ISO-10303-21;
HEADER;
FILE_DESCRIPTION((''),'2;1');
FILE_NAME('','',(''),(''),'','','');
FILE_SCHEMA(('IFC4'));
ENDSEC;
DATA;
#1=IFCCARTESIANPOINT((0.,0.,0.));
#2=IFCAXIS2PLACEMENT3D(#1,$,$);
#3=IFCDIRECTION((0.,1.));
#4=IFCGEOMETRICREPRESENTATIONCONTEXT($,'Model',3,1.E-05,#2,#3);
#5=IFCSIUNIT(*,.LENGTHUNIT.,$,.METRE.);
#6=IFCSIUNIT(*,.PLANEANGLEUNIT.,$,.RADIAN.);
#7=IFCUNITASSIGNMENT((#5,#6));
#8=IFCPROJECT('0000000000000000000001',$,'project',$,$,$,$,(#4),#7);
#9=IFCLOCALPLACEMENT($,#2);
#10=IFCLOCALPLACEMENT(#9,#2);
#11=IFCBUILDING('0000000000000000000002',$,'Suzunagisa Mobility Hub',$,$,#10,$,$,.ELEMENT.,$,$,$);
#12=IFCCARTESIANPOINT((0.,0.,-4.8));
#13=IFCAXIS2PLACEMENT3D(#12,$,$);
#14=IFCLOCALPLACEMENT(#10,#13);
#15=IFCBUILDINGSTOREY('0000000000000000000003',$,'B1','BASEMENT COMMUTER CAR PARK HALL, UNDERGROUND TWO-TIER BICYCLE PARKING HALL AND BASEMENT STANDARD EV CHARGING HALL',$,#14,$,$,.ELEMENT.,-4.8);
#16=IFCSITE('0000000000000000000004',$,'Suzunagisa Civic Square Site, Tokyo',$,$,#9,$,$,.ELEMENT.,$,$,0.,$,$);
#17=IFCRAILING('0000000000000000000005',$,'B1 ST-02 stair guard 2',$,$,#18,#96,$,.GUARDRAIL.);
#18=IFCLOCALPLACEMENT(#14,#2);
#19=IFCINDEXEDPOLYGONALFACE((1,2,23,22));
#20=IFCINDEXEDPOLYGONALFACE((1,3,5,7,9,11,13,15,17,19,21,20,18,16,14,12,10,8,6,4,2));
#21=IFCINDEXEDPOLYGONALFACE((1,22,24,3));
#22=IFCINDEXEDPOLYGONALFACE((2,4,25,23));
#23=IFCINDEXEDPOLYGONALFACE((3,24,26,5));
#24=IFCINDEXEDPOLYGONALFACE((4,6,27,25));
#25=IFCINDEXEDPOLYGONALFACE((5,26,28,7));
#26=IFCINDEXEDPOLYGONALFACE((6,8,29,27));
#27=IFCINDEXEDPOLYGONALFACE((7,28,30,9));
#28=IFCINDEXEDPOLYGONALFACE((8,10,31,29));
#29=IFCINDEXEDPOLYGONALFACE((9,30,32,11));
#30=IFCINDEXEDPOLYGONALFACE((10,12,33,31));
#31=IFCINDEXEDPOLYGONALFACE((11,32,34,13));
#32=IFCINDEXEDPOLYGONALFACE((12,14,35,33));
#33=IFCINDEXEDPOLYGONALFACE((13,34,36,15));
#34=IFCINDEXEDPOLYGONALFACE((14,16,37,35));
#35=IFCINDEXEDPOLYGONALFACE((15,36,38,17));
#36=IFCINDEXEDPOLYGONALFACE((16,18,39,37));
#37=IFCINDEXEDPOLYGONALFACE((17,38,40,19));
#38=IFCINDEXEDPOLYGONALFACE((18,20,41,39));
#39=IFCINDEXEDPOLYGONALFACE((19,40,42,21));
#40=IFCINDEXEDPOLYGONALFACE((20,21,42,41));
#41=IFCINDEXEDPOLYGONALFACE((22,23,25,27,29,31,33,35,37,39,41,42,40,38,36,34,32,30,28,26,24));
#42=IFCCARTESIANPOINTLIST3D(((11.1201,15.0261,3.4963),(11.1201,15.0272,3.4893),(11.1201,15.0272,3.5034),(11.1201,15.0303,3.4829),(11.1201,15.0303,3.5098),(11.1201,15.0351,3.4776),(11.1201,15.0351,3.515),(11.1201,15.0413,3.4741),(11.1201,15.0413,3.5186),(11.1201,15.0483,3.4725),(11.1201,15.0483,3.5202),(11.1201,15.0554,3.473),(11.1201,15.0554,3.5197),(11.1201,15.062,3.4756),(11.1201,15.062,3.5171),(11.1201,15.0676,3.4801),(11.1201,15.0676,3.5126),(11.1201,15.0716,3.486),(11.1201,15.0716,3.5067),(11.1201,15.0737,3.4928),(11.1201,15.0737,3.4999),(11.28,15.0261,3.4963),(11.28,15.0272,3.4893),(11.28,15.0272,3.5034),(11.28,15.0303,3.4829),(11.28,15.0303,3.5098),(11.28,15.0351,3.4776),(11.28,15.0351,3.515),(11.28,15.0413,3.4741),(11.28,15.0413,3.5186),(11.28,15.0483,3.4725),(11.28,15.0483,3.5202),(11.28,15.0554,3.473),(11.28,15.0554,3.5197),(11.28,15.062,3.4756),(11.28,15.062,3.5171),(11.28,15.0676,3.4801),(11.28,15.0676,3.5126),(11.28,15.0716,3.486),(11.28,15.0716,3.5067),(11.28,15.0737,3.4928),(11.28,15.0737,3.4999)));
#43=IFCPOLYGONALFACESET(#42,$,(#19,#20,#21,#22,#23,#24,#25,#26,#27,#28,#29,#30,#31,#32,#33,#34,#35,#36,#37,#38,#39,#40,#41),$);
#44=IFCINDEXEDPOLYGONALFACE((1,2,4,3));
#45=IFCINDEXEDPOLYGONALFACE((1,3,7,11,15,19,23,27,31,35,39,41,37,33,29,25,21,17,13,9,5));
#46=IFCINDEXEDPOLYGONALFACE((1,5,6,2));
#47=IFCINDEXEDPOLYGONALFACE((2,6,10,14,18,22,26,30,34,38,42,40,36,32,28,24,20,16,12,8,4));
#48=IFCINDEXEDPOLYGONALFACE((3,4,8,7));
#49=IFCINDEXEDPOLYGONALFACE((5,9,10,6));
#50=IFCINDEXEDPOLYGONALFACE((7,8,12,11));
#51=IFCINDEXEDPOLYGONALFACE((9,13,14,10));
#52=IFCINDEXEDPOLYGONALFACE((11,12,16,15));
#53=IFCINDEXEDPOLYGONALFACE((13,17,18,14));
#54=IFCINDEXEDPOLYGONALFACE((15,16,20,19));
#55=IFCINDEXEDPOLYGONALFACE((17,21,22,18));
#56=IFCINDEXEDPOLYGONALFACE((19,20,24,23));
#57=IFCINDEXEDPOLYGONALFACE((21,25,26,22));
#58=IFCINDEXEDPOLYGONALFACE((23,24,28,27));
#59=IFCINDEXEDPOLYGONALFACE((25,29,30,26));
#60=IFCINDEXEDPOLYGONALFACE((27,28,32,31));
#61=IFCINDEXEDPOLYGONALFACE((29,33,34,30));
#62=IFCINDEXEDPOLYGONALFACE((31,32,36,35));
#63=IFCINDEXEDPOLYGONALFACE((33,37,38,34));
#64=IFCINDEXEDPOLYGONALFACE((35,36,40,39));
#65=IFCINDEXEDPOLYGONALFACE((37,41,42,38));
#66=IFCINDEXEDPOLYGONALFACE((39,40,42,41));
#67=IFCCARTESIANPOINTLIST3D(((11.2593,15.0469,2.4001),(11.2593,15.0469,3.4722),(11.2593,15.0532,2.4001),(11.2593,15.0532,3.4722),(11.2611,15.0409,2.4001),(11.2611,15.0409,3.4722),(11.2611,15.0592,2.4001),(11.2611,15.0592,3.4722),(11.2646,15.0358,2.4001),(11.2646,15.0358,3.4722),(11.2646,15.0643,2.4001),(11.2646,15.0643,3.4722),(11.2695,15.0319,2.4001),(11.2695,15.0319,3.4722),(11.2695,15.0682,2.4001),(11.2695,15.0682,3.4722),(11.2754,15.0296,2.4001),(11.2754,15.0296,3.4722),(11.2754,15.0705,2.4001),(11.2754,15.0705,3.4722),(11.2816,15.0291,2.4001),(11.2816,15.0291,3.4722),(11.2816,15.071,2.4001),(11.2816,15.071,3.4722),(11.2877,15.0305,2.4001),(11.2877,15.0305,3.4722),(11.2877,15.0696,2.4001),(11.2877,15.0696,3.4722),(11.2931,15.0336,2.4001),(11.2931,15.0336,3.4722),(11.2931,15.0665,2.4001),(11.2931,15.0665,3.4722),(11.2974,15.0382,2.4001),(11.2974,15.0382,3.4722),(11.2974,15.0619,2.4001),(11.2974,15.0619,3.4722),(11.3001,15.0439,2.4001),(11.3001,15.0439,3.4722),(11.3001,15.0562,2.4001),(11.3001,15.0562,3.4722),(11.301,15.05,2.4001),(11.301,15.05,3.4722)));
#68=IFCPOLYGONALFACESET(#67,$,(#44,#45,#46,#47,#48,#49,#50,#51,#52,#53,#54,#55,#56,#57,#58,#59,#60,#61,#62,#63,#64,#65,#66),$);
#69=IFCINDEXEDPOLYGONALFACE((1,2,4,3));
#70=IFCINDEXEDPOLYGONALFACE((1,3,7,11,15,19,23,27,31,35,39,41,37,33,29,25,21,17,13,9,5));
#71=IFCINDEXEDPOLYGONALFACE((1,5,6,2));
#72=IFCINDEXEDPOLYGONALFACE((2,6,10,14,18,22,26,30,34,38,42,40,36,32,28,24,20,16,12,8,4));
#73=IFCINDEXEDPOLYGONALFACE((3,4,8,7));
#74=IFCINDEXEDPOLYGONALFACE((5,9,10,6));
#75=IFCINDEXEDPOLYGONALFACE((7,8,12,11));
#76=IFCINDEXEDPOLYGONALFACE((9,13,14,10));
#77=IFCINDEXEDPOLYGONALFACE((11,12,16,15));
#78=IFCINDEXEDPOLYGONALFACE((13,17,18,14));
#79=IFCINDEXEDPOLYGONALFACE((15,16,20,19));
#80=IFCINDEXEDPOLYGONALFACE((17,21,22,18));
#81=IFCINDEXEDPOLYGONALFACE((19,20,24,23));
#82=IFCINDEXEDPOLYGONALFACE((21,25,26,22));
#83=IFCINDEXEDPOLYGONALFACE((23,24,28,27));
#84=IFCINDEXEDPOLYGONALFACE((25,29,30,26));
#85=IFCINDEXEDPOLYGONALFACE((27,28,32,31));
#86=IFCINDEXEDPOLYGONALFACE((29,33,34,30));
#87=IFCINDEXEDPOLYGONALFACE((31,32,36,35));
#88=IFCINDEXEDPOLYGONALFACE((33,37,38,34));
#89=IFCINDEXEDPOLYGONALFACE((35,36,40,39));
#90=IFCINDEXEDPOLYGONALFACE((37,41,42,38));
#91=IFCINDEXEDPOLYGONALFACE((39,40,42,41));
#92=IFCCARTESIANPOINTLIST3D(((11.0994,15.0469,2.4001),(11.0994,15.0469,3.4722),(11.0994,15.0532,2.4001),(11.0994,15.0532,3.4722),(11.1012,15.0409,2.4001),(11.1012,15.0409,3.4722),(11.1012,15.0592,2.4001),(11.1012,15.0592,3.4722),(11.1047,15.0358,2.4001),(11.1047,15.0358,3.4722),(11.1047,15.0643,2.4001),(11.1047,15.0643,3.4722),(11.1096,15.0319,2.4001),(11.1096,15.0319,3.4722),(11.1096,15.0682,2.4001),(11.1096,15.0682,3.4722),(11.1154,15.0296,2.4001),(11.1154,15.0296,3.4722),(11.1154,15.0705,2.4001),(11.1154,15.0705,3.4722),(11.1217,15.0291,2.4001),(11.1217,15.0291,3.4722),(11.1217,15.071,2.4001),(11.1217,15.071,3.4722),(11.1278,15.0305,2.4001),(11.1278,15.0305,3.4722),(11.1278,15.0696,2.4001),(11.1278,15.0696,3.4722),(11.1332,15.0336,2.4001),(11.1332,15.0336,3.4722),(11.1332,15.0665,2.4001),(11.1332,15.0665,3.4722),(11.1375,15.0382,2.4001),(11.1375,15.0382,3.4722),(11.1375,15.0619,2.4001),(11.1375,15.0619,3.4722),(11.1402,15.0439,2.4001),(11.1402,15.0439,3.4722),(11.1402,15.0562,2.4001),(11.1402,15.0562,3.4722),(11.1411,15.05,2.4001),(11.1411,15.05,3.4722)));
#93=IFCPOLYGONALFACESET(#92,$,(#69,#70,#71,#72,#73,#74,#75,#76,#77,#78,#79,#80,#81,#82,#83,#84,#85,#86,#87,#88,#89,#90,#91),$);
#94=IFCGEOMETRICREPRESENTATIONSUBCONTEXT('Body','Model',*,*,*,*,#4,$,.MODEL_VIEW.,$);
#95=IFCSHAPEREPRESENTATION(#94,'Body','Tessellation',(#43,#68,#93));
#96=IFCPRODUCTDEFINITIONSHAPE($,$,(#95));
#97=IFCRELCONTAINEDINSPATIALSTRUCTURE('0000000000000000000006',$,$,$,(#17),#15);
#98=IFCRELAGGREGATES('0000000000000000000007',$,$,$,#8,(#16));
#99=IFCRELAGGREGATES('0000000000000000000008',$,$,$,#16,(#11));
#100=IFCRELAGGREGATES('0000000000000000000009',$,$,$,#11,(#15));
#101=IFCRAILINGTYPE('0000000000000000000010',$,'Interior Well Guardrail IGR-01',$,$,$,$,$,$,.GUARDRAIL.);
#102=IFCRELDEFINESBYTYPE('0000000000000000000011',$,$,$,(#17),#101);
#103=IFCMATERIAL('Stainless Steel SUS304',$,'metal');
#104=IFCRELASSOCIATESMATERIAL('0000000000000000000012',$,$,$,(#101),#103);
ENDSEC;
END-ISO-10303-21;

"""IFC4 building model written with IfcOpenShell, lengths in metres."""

from ifc_helpers import new_model, si_unit, direction, frame, origin, origin_2d, place, context, subcontext, project, spatial, circle, extrude, material, type_object, element, save


model = new_model("IFC4")

# Units and contexts
model_context = context("Model", 3, precision=1e-05, world=origin(), true_north=direction((0.0, 1.0)))
body_context = subcontext(model_context, "Body", "Model", "MODEL_VIEW")
ifc_project = project(units=[si_unit("LENGTHUNIT", "METRE"), si_unit("PLANEANGLEUNIT", "RADIAN")], contexts=[model_context])

# Site, building, storey
site_placement = place(None, origin())
site = spatial("IfcSite", under=ifc_project, at=site_placement, Name="Suzunagisa Civic Square Site, Tokyo", CompositionType="ELEMENT", RefElevation=0.0)
building_placement = place(site_placement, origin())
building = spatial("IfcBuilding", under=site, at=building_placement, Name="Suzunagisa Mobility Hub", CompositionType="ELEMENT")
storey_placement = place(building_placement, frame((0.0, 0.0, -4.8)))
storey = spatial("IfcBuildingStorey", under=building, at=storey_placement, Name="B1", Description="BASEMENT COMMUTER CAR PARK HALL, UNDERGROUND TWO-TIER BICYCLE PARKING HALL AND BASEMENT STANDARD EV CHARGING HALL", CompositionType="ELEMENT", Elevation=-4.8)

# Railing
ifc_material_1 = material(Name="Stainless Steel SUS304", Category="metal")
railing_type_1 = type_object("IfcRailingType", Name="Interior Well Guardrail IGR-01", PredefinedType="GUARDRAIL", material=ifc_material_1)
railing_1_placement = place(storey_placement, frame((11.28, 15.05, 2.4001)))
element("IfcRailing", 1, at=railing_1_placement, inside=storey, type_object=railing_type_1, Name="B1 ST-02 stair guard 2", PredefinedType="GUARDRAIL", context=body_context, shape_type="SweptSolid", body=[
    extrude(circle(Radius=0.0239, at=origin_2d()), frame((0.0, 0.0, 1.0962), z_axis=(-1.0, 0.0, 0.0), x_axis=(0.0, -1.0, 0.0)), (0.0, 0.0, 1.0), 0.1599),
    extrude(circle(Radius=0.021, at=origin_2d()), origin(), (0.0, 0.0, 1.0), 1.072),
    extrude(circle(Radius=0.021, at=origin_2d()), frame((-0.1599, 0.0, 0.0)), (0.0, 0.0, 1.0), 1.072),
])

save(model, "model.ifc")
